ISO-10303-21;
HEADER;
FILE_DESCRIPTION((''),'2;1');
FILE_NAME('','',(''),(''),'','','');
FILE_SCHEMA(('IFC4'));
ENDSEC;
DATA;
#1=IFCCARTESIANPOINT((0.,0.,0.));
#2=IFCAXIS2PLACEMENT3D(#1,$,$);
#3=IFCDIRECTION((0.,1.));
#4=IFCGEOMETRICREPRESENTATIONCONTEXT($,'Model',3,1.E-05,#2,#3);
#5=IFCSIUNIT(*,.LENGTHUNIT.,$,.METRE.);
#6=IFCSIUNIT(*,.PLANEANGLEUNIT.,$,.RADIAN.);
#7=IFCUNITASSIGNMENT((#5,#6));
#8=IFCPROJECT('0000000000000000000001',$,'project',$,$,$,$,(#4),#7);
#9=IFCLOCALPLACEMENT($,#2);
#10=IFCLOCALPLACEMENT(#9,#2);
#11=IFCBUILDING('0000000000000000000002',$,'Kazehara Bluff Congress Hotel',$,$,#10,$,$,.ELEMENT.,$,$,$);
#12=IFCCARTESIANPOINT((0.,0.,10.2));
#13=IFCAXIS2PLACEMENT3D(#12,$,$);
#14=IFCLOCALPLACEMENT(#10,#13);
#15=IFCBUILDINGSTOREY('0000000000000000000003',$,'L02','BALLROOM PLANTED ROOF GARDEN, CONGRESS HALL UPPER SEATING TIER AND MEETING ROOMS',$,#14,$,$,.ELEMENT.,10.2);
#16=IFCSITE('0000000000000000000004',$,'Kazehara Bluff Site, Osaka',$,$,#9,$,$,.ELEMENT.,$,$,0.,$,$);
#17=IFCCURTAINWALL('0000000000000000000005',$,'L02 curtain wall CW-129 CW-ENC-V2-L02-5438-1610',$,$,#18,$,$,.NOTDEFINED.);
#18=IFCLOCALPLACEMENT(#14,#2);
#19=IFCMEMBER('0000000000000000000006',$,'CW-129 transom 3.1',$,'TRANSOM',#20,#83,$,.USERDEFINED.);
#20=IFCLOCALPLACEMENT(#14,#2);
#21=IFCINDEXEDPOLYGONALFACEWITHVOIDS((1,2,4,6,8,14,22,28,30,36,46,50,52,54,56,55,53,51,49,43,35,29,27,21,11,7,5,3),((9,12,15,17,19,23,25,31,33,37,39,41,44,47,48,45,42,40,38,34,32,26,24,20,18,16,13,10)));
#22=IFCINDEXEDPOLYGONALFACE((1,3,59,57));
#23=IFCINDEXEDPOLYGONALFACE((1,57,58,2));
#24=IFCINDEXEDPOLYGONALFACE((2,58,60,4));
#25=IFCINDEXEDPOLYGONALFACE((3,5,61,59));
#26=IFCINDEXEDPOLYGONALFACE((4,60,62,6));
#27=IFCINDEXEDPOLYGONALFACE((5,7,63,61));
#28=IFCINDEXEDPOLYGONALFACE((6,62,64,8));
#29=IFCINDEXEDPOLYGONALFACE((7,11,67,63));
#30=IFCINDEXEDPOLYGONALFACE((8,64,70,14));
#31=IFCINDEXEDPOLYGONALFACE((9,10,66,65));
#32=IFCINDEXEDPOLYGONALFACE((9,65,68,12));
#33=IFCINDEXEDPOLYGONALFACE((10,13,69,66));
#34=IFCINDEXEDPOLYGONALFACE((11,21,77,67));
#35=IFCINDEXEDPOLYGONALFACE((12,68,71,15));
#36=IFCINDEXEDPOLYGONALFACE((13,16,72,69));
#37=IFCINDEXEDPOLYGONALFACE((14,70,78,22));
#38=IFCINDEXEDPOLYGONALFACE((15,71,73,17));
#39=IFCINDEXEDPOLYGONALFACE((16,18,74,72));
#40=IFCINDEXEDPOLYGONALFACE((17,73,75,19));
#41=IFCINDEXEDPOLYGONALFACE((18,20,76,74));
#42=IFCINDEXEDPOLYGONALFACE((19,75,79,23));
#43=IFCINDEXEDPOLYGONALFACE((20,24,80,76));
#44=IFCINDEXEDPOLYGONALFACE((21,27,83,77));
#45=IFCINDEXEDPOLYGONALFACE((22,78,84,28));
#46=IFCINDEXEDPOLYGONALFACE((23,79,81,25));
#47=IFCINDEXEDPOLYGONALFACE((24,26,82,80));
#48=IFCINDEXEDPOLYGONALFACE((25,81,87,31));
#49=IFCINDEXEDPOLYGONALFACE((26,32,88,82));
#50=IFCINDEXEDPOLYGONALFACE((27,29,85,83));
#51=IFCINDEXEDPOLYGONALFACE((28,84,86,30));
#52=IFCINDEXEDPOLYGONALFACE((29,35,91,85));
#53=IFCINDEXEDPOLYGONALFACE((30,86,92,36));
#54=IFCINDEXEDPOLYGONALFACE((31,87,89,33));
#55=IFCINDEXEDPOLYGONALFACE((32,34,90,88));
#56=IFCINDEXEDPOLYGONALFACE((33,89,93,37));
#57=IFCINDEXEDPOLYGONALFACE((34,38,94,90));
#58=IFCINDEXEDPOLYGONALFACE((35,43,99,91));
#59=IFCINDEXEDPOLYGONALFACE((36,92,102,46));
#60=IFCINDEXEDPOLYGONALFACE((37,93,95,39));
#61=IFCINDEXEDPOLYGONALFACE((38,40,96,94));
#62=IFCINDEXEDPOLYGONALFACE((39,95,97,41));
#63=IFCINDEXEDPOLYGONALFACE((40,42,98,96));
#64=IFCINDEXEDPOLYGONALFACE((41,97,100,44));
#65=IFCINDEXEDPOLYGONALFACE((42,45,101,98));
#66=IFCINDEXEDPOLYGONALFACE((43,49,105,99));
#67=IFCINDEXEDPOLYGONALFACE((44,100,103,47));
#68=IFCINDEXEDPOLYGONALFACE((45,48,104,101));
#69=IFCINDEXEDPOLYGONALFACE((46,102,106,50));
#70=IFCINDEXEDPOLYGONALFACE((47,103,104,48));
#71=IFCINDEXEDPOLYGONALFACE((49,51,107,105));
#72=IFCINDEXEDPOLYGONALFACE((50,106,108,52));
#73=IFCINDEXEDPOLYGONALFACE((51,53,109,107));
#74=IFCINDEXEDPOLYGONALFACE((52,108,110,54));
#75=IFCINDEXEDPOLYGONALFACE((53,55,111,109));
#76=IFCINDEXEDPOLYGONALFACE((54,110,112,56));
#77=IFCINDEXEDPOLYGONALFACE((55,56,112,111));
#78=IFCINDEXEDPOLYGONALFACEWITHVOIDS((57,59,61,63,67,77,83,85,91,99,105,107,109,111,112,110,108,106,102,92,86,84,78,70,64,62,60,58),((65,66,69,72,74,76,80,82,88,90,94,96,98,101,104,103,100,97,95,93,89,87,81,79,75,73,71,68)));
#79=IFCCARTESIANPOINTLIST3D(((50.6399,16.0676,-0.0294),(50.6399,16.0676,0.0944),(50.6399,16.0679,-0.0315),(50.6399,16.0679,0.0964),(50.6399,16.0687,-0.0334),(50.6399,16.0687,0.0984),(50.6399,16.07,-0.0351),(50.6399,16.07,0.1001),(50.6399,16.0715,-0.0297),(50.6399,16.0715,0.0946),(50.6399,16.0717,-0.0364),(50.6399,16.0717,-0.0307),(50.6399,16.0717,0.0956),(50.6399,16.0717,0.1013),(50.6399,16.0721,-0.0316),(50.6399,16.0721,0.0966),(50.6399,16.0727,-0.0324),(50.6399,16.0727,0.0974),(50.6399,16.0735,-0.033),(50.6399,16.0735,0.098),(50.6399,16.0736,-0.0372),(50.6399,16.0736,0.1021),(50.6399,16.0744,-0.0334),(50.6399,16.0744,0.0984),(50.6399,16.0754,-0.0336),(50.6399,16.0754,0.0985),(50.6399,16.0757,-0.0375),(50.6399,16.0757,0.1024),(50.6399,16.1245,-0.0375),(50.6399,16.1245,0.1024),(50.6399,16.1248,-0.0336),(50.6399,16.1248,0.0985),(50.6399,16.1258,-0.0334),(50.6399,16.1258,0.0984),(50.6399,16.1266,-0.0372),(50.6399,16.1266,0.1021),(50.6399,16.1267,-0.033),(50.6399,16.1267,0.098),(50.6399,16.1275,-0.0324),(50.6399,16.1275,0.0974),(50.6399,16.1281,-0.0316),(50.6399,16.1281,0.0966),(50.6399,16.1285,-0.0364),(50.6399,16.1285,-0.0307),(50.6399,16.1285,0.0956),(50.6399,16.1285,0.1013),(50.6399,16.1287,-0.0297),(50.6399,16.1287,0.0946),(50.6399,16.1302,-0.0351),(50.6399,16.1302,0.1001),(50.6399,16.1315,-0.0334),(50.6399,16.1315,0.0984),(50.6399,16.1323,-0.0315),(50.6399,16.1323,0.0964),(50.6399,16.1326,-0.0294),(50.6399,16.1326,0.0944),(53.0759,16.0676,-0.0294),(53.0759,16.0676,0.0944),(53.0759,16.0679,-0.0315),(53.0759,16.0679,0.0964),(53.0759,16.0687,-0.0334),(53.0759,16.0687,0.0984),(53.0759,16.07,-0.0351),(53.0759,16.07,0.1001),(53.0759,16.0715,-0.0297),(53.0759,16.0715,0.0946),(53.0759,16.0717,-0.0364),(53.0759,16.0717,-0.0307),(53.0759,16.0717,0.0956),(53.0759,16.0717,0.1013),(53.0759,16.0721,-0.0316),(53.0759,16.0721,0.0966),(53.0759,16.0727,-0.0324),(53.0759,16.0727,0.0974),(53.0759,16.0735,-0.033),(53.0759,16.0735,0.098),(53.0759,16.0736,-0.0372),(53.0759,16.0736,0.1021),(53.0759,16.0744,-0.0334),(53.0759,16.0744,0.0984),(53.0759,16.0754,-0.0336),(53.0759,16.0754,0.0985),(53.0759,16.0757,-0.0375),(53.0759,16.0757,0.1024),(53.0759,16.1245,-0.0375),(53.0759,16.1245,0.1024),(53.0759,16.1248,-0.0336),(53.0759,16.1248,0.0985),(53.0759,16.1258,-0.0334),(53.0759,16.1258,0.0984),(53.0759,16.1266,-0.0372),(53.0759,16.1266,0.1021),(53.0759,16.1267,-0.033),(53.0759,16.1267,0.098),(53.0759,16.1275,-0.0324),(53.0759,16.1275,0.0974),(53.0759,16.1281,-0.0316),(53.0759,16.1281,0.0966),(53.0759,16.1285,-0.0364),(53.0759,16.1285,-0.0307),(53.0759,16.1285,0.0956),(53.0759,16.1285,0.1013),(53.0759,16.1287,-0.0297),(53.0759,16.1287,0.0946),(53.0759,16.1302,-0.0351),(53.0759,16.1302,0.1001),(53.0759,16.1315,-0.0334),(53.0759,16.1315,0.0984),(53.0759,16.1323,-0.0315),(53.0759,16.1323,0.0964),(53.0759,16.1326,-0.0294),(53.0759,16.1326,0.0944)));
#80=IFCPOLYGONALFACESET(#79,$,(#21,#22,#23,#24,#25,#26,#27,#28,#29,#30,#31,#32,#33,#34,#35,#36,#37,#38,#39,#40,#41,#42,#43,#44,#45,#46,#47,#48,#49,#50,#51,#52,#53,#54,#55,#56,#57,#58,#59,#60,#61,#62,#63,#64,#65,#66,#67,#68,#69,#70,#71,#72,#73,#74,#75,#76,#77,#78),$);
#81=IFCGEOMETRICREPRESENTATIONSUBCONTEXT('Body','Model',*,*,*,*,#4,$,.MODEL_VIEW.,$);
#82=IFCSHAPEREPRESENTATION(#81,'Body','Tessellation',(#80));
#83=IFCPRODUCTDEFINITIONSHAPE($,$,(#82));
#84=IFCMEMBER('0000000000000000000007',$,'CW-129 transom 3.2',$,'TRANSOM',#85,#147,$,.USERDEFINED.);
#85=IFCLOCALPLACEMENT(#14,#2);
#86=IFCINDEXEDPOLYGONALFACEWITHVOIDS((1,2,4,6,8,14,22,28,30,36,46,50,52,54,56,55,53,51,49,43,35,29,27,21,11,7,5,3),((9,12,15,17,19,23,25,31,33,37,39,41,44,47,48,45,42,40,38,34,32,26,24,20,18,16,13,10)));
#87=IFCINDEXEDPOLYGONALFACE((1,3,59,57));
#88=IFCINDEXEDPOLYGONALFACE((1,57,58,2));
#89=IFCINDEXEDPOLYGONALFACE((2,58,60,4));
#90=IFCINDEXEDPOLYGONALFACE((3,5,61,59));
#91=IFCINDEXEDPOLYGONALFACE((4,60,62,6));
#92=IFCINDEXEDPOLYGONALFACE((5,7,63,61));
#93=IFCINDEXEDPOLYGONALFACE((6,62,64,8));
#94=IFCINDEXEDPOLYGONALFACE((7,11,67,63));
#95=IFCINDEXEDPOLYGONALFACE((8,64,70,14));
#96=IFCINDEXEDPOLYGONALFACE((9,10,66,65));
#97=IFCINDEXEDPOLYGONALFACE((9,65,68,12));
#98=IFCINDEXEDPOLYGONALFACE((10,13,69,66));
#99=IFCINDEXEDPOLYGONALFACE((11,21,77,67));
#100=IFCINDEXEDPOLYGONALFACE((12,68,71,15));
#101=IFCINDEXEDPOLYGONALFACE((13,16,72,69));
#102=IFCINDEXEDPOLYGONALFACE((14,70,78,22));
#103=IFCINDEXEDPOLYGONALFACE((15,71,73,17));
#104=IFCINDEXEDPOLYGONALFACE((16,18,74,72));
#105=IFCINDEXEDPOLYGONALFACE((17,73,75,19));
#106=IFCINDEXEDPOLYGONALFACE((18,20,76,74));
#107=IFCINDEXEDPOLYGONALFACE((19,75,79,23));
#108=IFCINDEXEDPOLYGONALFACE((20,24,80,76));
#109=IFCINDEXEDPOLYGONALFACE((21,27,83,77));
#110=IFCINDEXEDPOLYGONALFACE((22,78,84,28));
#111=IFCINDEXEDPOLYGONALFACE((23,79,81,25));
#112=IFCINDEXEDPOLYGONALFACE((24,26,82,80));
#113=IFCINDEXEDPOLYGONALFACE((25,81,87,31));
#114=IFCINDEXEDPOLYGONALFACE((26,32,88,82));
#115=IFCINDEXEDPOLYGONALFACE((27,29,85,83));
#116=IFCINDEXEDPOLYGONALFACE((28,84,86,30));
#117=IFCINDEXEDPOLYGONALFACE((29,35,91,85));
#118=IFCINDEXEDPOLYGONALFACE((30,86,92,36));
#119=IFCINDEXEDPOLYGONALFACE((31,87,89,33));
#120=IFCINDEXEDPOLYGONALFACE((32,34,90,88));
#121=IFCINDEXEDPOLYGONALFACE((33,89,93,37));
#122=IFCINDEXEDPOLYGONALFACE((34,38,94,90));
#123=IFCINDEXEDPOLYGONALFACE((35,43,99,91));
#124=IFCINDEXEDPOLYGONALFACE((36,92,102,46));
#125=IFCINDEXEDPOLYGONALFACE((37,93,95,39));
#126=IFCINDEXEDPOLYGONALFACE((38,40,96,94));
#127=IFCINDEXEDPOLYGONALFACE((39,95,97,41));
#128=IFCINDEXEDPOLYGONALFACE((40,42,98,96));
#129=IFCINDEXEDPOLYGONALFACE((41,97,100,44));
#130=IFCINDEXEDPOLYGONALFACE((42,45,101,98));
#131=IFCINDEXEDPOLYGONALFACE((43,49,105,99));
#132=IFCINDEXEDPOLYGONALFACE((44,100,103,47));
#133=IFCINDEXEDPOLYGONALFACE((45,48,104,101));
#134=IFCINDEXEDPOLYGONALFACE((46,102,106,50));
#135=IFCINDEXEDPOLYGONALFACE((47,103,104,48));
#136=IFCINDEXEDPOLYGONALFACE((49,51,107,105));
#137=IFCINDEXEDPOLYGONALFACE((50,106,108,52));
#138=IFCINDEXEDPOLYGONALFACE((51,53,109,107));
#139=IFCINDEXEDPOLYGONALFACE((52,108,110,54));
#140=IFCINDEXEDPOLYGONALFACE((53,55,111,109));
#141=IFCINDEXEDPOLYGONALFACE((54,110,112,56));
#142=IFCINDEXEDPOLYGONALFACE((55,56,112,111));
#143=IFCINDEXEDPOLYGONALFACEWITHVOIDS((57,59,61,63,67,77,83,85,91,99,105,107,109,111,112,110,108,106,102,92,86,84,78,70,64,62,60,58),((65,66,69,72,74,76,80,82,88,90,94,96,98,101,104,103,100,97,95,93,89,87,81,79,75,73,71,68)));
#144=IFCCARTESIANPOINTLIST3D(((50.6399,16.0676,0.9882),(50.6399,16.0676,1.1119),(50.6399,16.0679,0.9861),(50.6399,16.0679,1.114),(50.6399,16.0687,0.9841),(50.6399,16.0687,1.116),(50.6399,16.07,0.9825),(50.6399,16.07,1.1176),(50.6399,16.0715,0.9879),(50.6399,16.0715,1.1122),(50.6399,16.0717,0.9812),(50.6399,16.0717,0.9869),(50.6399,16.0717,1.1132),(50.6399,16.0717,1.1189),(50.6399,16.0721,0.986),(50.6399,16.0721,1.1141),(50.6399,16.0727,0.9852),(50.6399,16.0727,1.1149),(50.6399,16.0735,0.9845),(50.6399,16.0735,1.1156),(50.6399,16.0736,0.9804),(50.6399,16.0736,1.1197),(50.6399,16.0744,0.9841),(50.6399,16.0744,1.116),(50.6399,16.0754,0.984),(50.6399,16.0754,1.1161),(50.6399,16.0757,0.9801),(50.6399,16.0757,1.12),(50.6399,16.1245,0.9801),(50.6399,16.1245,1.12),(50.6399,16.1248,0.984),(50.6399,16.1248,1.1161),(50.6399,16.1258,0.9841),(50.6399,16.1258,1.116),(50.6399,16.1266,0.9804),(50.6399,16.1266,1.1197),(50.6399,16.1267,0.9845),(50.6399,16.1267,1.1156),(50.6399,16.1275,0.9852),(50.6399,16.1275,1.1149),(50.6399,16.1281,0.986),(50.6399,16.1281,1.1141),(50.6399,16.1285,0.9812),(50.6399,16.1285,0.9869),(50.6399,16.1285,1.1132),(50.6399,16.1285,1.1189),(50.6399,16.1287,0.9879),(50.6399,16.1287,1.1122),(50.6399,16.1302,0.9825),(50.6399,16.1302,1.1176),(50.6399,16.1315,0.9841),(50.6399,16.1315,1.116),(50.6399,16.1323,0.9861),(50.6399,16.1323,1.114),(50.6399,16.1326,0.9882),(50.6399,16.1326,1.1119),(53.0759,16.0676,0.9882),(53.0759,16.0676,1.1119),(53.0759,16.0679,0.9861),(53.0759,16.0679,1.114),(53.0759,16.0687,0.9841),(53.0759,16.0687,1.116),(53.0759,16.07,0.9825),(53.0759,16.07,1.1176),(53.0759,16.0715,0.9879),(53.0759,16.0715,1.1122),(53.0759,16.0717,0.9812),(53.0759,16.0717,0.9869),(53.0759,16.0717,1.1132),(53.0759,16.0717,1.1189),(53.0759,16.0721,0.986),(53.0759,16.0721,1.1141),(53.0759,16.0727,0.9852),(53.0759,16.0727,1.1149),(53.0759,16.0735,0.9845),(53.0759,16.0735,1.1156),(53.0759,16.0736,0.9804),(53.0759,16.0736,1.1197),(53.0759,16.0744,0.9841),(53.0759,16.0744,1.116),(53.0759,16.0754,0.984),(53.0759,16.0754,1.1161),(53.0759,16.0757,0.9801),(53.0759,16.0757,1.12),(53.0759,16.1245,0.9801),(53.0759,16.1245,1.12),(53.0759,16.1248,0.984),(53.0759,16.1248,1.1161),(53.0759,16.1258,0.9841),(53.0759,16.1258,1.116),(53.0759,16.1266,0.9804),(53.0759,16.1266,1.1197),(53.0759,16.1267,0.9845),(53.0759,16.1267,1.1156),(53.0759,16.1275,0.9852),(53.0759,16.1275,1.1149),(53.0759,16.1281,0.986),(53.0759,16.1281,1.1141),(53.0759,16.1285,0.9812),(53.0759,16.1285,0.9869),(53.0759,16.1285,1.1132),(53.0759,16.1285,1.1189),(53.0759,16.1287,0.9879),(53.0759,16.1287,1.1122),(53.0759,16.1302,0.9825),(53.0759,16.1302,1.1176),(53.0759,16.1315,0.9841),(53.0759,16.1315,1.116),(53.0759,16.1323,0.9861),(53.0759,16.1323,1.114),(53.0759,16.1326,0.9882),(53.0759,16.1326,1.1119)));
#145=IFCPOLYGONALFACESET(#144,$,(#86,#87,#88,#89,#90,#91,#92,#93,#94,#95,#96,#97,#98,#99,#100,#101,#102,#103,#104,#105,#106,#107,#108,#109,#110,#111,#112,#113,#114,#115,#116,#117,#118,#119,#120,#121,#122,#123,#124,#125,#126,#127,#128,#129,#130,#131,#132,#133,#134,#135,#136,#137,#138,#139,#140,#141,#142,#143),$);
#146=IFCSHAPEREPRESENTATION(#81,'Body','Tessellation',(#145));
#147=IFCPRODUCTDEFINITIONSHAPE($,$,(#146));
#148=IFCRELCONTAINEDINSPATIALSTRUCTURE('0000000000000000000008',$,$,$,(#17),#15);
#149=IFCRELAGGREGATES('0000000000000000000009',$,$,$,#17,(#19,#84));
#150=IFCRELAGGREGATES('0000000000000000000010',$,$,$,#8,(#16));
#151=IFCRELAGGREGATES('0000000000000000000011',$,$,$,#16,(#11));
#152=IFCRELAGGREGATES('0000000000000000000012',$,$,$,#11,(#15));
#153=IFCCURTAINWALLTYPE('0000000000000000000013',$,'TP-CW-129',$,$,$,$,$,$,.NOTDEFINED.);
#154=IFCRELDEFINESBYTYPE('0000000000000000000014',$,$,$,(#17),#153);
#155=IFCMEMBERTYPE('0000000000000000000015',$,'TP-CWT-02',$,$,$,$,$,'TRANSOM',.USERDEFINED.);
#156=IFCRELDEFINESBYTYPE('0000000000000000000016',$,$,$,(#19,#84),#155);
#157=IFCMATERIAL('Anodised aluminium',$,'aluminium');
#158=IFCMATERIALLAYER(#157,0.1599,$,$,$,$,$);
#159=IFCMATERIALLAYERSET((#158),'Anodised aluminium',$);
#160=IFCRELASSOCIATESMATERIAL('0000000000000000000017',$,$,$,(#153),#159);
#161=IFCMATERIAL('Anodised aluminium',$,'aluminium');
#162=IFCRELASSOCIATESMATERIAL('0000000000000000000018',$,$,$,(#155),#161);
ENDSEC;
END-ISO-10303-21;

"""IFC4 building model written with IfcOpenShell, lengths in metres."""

from ifc_helpers import new_model, si_unit, direction, frame, origin, origin_2d, place, context, subcontext, project, spatial, hollow_rectangle, extrude, material, layer, layer_set, material_profile, profile_set, type_object, element, aggregate, save


model = new_model("IFC4")

# Units and contexts
model_context = context("Model", 3, precision=1e-05, world=origin(), true_north=direction((0.0, 1.0)))
body_context = subcontext(model_context, "Body", "Model", "MODEL_VIEW")
ifc_project = project(units=[si_unit("LENGTHUNIT", "METRE"), si_unit("PLANEANGLEUNIT", "RADIAN")], contexts=[model_context])

# Site, building, storey
site_placement = place(None, origin())
site = spatial("IfcSite", under=ifc_project, at=site_placement, Name="Kazehara Bluff Site, Osaka", CompositionType="ELEMENT", RefElevation=0.0)
building_placement = place(site_placement, origin())
building = spatial("IfcBuilding", under=site, at=building_placement, Name="Kazehara Bluff Congress Hotel", CompositionType="ELEMENT")
storey_placement = place(building_placement, frame((0.0, 0.0, 10.2)))
storey = spatial("IfcBuildingStorey", under=building, at=storey_placement, Name="L02", Description="BALLROOM PLANTED ROOF GARDEN, CONGRESS HALL UPPER SEATING TIER AND MEETING ROOMS", CompositionType="ELEMENT", Elevation=10.2)

# Curtain wall
ifc_material_1 = material(Name="Anodised aluminium", Category="aluminium")
ifc_layer_1 = layer(ifc_material_1, 0.1599)
ifc_layer_set_1 = layer_set([ifc_layer_1], Name="Anodised aluminium")
curtain_wall_type_1 = type_object("IfcCurtainWallType", Name="TP-CW-129", PredefinedType="NOTDEFINED", material=ifc_layer_set_1)
curtain_wall_1_placement = place(storey_placement, origin())
curtain_wall_1 = element("IfcCurtainWall", 1, at=curtain_wall_1_placement, inside=storey, type_object=curtain_wall_type_1, Name="L02 curtain wall CW-129 CW-ENC-V2-L02-5438-1610", PredefinedType="NOTDEFINED")
ifc_material_2 = material(Name="Anodised aluminium", Category="aluminium")
ifc_material_profile_1 = material_profile(ifc_material_2, hollow_rectangle(XDim=0.0649, YDim=0.1399, WallThickness=0.0039, InnerFilletRadius=0.0039, OuterFilletRadius=0.0081, at=origin_2d()))
ifc_profile_set_1 = profile_set([ifc_material_profile_1], Name="Anodised aluminium")
member_type_1 = type_object("IfcMemberType", Name="TP-CWT-02", ElementType="TRANSOM", PredefinedType="USERDEFINED", material=ifc_profile_set_1)

# Members
member_1_placement = place(storey_placement, frame((53.0759, 16.1001, 0.0325), z_axis=(-1.0, 0.0, 0.0), x_axis=(0.0, -1.0, 0.0)))
member_1 = element("IfcMember", 2, at=member_1_placement, type_object=member_type_1, Name="CW-129 transom 3.1", ObjectType="TRANSOM", PredefinedType="USERDEFINED", context=body_context, shape_type="SweptSolid", body=[
    extrude(hollow_rectangle(XDim=0.0649, YDim=0.1399, WallThickness=0.0039, InnerFilletRadius=0.0039, OuterFilletRadius=0.0081, at=origin_2d()), origin(), (0.0, 0.0, 1.0), 2.436),
])
member_2_placement = place(storey_placement, frame((53.0759, 16.1001, 1.05), z_axis=(-1.0, 0.0, 0.0), x_axis=(0.0, -1.0, 0.0)))
member_2 = element("IfcMember", 3, at=member_2_placement, type_object=member_type_1, Name="CW-129 transom 3.2", ObjectType="TRANSOM", PredefinedType="USERDEFINED", context=body_context, shape_type="SweptSolid", body=[
    extrude(hollow_rectangle(XDim=0.0649, YDim=0.1399, WallThickness=0.0039, InnerFilletRadius=0.0039, OuterFilletRadius=0.0081, at=origin_2d()), origin(), (0.0, 0.0, 1.0), 2.436),
])

aggregate(curtain_wall_1, [member_1, member_2])

save(model, "model.ifc")
